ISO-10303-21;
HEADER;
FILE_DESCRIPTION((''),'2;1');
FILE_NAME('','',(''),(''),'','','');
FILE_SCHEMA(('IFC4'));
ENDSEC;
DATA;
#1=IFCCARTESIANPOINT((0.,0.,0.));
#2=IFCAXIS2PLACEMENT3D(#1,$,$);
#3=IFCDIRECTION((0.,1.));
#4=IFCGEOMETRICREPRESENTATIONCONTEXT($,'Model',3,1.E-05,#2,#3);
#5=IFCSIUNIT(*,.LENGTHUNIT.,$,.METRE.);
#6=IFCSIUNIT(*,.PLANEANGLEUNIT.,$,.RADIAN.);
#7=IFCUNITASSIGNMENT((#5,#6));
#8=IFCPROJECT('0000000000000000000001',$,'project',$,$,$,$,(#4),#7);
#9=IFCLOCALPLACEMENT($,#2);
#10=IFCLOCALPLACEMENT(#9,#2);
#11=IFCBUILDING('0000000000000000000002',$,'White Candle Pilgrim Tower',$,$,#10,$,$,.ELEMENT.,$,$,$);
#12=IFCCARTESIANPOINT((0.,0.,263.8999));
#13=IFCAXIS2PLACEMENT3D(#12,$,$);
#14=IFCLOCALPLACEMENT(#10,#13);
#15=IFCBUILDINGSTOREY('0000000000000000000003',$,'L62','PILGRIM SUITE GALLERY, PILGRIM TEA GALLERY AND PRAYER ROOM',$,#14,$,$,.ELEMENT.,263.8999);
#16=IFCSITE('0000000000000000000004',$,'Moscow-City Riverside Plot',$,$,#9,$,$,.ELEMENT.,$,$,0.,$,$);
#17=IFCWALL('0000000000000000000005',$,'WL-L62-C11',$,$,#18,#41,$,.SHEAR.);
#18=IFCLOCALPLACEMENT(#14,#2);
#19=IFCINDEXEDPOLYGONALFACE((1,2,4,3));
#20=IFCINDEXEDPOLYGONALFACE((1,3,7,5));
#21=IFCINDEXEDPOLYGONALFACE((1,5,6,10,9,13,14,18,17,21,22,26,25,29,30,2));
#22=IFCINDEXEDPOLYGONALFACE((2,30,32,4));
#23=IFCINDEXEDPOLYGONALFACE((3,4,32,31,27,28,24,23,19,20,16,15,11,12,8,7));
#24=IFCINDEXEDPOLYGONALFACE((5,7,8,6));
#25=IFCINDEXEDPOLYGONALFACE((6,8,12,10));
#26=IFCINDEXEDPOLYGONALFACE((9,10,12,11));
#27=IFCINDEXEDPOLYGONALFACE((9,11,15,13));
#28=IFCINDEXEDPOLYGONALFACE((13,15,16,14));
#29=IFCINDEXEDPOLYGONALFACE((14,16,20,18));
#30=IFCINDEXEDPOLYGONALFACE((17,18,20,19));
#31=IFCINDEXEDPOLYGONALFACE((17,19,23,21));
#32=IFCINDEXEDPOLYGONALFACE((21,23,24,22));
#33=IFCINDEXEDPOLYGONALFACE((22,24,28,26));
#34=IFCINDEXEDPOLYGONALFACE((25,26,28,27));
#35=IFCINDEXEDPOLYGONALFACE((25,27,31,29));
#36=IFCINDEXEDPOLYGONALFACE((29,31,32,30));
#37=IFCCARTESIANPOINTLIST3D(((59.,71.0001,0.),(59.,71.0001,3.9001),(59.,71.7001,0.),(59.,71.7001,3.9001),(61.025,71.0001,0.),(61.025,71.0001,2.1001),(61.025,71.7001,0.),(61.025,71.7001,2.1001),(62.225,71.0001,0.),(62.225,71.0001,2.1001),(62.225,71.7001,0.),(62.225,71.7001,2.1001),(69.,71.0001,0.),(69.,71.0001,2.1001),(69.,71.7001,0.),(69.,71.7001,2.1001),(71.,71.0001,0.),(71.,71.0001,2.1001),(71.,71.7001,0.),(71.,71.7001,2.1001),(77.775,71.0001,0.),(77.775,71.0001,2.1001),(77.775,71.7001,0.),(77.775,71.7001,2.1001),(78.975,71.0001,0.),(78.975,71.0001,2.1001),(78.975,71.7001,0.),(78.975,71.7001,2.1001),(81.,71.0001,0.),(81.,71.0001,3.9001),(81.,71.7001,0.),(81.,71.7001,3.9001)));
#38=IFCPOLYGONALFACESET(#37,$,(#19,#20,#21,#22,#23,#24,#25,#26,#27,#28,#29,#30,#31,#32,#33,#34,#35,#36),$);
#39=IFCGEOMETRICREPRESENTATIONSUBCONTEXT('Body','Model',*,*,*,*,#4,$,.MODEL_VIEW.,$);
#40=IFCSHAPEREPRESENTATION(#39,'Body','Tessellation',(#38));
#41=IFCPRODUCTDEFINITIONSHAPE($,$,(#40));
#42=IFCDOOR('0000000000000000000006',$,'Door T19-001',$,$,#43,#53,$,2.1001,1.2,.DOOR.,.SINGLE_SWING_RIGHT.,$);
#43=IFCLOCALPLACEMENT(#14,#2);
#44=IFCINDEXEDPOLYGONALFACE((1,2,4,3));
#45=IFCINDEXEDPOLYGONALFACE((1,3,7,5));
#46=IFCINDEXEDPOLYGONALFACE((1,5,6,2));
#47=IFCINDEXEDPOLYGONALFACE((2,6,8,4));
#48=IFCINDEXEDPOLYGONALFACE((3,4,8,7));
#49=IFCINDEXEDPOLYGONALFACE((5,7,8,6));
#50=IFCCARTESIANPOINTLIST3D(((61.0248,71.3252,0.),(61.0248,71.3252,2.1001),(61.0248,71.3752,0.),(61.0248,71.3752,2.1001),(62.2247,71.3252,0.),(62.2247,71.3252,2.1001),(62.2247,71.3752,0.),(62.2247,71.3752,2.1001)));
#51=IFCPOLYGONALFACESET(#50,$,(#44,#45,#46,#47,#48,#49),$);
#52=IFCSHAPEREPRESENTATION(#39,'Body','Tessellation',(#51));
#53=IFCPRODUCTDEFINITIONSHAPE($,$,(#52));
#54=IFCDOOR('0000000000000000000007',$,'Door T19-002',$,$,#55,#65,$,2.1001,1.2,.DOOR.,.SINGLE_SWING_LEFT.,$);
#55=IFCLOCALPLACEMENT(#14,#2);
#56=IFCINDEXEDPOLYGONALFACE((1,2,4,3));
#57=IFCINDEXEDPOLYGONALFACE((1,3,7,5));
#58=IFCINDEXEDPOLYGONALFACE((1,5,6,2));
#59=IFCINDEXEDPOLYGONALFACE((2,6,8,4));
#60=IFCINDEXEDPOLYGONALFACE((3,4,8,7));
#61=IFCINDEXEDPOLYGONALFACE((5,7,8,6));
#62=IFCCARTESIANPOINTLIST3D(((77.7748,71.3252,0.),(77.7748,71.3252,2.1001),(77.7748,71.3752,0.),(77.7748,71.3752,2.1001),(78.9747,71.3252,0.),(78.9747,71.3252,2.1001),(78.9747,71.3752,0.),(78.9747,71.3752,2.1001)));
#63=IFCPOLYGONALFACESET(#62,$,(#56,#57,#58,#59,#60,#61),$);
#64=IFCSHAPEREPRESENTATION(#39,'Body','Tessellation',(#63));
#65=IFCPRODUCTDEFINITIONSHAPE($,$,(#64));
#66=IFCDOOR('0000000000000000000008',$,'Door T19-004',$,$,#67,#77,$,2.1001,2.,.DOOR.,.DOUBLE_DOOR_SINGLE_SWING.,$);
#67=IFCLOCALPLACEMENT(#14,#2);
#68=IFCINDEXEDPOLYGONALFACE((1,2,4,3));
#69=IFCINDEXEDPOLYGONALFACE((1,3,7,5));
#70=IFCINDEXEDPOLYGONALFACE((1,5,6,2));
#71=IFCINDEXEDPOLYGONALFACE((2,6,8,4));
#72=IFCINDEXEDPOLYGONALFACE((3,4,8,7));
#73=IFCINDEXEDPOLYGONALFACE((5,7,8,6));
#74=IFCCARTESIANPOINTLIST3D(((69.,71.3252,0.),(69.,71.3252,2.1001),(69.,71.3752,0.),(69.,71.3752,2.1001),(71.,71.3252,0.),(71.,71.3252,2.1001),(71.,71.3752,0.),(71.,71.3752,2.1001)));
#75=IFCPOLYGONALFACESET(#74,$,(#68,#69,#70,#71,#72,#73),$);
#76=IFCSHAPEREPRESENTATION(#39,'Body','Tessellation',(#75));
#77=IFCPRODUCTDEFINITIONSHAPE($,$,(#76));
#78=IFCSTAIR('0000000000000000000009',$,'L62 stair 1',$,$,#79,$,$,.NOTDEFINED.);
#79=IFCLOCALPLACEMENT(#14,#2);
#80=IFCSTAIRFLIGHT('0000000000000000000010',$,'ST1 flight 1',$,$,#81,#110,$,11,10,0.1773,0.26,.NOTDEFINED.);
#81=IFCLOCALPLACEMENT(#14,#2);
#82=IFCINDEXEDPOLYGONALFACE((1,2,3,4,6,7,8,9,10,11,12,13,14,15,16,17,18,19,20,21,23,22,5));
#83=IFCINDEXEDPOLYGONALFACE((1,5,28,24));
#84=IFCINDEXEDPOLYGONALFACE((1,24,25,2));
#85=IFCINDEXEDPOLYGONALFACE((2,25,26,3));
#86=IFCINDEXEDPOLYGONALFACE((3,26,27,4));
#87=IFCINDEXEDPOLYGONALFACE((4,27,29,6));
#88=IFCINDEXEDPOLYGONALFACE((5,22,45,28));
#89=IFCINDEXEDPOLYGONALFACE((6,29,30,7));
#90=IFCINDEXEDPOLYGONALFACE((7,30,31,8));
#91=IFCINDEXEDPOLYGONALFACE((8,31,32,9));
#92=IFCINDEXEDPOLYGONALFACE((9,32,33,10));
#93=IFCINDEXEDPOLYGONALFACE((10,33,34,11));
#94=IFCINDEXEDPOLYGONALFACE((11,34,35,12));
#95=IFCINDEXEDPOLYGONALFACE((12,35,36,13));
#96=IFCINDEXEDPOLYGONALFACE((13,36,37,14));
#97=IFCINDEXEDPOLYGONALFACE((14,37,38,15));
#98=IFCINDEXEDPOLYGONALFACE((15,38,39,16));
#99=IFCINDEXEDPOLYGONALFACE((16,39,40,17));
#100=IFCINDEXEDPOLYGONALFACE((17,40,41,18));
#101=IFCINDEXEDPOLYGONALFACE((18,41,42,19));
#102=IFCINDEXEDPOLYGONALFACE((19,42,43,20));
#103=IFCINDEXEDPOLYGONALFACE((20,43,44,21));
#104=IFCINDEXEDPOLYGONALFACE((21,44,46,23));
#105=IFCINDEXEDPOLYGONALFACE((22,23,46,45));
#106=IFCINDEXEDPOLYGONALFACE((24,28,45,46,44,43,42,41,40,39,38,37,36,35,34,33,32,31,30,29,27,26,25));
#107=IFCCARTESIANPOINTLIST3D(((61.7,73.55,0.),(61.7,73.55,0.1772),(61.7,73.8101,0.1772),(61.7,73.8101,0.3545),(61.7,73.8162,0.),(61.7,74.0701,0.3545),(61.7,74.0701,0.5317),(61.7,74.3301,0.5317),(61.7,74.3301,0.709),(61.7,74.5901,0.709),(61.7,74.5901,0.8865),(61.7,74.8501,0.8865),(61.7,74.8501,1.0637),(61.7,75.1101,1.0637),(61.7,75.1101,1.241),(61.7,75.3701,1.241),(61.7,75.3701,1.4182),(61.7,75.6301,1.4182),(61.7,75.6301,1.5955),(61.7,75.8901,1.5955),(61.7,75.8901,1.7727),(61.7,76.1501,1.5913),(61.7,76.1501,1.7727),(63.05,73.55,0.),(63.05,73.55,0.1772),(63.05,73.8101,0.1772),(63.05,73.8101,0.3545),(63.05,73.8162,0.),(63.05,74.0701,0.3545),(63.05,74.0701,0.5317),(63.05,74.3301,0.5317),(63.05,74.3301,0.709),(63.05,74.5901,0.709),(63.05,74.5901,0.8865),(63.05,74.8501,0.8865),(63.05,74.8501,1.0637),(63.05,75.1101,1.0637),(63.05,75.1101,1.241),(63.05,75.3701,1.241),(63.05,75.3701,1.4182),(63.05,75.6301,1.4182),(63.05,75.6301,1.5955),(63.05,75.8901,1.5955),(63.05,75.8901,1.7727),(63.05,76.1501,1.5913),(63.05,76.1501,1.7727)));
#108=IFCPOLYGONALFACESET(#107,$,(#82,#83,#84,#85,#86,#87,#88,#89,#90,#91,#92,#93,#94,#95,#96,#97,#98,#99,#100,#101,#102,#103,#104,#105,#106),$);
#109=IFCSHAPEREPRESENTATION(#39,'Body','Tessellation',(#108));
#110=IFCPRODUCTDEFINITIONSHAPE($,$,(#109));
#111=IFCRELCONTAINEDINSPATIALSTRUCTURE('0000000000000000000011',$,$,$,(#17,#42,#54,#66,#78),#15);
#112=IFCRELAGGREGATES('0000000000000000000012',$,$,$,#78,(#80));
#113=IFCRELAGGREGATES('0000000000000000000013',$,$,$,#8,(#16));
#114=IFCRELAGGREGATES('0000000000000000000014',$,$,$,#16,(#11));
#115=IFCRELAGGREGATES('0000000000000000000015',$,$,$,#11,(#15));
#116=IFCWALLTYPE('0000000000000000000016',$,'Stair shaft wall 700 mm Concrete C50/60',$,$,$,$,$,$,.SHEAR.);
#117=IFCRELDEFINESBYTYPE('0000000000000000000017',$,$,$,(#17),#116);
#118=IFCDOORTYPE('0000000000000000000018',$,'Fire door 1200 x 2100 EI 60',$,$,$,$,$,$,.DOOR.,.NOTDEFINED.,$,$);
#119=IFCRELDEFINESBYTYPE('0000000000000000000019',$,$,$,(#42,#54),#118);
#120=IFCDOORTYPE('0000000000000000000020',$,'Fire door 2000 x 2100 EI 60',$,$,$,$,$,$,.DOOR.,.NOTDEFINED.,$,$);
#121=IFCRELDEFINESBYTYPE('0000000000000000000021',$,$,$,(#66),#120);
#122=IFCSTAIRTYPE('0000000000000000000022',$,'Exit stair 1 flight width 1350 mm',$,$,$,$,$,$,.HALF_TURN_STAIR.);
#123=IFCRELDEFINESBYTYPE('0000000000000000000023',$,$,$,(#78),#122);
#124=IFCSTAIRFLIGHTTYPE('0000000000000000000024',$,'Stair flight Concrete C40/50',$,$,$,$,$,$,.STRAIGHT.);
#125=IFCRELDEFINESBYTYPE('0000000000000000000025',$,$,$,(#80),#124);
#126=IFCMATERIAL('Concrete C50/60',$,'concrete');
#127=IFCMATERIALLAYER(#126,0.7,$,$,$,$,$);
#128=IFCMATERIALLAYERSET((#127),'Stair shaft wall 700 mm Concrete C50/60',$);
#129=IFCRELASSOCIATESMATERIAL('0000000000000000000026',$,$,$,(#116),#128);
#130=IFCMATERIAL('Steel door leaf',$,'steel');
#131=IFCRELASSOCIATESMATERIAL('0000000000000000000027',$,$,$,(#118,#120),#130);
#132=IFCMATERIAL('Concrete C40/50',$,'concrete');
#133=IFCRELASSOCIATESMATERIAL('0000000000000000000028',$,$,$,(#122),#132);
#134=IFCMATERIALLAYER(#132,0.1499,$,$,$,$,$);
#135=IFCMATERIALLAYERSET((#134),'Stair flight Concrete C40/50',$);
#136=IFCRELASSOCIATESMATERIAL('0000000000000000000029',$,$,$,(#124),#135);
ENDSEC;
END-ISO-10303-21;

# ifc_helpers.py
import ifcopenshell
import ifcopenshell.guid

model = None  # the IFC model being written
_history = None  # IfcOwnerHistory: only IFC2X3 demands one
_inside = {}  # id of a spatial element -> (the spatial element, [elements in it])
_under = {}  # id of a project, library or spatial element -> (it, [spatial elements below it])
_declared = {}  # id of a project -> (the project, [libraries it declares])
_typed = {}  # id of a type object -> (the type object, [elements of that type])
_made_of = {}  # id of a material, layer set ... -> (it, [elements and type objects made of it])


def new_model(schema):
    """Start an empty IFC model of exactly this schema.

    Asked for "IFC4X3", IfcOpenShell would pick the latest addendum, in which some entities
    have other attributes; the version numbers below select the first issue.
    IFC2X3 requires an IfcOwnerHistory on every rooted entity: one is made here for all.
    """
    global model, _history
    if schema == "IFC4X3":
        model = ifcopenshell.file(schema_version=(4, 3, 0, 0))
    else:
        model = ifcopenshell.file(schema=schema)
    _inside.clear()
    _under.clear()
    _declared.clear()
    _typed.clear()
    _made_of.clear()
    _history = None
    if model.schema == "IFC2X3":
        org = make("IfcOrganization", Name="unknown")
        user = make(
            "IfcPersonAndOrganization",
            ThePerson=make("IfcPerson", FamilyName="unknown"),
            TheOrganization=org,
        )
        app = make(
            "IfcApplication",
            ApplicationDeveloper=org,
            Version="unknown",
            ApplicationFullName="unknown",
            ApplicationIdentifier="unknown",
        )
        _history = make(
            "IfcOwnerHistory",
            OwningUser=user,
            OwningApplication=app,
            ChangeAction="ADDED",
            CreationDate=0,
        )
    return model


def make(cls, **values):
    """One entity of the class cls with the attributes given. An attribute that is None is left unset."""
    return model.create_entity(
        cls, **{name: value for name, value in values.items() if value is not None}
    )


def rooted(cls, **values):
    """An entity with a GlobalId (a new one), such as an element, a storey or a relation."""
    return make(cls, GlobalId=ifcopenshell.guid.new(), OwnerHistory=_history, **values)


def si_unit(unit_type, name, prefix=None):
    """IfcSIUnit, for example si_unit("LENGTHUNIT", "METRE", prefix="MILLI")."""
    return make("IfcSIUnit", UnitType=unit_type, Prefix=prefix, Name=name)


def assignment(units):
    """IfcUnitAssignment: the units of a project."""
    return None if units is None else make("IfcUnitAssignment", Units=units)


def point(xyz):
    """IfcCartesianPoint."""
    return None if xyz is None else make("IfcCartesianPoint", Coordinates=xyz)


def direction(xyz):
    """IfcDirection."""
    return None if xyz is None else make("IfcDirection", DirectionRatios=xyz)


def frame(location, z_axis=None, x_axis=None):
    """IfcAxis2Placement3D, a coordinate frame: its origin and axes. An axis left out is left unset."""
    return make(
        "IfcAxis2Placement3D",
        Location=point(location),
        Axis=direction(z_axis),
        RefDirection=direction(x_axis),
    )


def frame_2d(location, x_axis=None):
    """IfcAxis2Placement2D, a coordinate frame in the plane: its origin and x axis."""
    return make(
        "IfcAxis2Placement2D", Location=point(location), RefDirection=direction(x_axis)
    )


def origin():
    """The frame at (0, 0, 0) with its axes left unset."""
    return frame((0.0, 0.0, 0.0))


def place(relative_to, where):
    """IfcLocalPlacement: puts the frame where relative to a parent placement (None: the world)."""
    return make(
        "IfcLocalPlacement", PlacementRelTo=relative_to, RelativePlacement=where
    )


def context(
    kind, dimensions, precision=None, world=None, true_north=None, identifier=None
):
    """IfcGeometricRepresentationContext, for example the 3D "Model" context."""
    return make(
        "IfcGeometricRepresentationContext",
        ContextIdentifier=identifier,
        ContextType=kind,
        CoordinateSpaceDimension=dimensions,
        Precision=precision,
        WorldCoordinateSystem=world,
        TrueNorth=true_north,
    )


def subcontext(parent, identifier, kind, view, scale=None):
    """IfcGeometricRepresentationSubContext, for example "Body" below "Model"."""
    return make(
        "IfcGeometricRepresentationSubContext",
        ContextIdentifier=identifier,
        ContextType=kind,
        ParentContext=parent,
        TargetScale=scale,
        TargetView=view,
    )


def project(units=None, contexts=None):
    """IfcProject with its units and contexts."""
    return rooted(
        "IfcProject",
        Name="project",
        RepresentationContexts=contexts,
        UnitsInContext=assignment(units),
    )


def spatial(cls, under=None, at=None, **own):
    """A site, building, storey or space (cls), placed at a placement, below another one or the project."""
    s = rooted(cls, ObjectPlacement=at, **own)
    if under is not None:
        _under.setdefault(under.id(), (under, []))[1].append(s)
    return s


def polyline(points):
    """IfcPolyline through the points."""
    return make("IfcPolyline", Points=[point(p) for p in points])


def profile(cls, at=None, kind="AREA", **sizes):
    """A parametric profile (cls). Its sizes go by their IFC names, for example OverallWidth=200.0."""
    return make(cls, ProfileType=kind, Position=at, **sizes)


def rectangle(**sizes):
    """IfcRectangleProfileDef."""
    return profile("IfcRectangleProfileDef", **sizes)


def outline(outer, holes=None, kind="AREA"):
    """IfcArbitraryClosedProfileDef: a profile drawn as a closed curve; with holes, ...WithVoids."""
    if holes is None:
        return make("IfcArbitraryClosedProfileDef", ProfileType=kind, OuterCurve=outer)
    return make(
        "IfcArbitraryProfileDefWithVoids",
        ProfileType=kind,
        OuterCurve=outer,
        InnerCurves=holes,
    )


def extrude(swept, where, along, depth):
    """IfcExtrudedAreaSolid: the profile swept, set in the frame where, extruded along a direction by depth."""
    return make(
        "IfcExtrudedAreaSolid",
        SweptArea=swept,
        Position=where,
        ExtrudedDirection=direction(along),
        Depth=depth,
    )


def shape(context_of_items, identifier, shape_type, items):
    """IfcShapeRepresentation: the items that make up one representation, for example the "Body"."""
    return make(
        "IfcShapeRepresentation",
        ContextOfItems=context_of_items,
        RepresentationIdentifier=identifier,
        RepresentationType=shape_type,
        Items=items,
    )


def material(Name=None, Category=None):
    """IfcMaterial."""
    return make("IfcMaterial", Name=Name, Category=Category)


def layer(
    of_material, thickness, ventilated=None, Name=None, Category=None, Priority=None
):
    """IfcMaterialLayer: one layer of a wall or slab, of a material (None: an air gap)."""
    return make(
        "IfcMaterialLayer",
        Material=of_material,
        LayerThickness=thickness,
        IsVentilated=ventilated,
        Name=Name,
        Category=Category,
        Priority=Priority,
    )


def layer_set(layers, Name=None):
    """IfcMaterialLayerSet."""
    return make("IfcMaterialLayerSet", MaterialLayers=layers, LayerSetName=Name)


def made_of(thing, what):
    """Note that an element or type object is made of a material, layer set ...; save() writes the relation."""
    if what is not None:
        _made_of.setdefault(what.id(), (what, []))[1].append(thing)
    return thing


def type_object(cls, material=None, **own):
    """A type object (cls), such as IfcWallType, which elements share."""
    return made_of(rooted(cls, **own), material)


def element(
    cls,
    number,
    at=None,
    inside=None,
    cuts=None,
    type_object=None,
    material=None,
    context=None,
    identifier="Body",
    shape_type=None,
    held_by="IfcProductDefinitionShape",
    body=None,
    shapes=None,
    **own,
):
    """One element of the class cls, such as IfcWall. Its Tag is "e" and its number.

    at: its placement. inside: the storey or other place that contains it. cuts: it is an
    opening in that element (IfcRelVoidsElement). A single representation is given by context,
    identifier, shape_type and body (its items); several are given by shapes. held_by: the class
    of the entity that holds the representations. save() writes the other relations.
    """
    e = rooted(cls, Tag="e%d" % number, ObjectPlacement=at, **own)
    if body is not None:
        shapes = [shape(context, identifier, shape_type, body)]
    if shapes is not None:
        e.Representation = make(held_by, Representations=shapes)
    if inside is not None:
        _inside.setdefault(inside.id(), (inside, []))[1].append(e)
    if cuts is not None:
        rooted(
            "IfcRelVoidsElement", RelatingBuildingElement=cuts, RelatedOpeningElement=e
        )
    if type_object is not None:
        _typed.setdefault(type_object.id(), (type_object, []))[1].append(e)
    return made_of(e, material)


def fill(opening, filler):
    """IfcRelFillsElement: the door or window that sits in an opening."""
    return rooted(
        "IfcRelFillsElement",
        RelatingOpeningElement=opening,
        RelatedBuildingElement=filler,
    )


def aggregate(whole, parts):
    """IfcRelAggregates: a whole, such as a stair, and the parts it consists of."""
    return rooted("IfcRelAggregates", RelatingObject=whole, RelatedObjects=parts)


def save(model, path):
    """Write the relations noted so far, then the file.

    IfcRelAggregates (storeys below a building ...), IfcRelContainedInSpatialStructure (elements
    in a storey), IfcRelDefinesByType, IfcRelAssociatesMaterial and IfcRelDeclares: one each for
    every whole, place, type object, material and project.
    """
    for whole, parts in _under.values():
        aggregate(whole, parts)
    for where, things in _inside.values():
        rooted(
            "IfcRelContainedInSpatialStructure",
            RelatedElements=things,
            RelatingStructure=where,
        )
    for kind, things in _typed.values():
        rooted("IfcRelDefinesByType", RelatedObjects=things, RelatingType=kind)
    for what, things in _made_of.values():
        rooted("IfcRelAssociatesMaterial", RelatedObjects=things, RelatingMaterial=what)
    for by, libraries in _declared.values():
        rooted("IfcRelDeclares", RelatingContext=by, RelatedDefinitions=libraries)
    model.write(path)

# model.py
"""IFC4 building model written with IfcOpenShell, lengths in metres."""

from ifc_helpers import new_model, si_unit, direction, frame, frame_2d, origin, place, context, subcontext, project, spatial, polyline, rectangle, outline, extrude, material, layer, layer_set, type_object, element, fill, aggregate, save


model = new_model("IFC4")

# Units and contexts
model_context = context("Model", 3, precision=1e-05, world=origin(), true_north=direction((0.0, 1.0)))
body_context = subcontext(model_context, "Body", "Model", "MODEL_VIEW")
ifc_project = project(units=[si_unit("LENGTHUNIT", "METRE"), si_unit("PLANEANGLEUNIT", "RADIAN")], contexts=[model_context])

# Site, building, storey
site_placement = place(None, origin())
site = spatial("IfcSite", under=ifc_project, at=site_placement, Name="Moscow-City Riverside Plot", CompositionType="ELEMENT", RefElevation=0.0)
building_placement = place(site_placement, origin())
building = spatial("IfcBuilding", under=site, at=building_placement, Name="White Candle Pilgrim Tower", CompositionType="ELEMENT")
storey_placement = place(building_placement, frame((0.0, 0.0, 263.8999)))
storey = spatial("IfcBuildingStorey", under=building, at=storey_placement, Name="L62", Description="PILGRIM SUITE GALLERY, PILGRIM TEA GALLERY AND PRAYER ROOM", CompositionType="ELEMENT", Elevation=263.8999)

# Shared definitions
ifc_material_1 = material(Name="Concrete C50/60", Category="concrete")

# Wall, openings, doors
ifc_layer_1 = layer(ifc_material_1, 0.7)
ifc_layer_set_1 = layer_set([ifc_layer_1], Name="Stair shaft wall 700 mm Concrete C50/60")
wall_type_1 = type_object("IfcWallType", Name="Stair shaft wall 700 mm Concrete C50/60", PredefinedType="SHEAR", material=ifc_layer_set_1)
wall_1_placement = place(storey_placement, frame((59.0, 71.3501, 0.0), z_axis=(0.0, 0.0, 1.0), x_axis=(1.0, 0.0, 0.0)))
wall_1 = element("IfcWall", 1, at=wall_1_placement, inside=storey, type_object=wall_type_1, Name="WL-L62-C11", PredefinedType="SHEAR", context=body_context, shape_type="SweptSolid", body=[
    extrude(rectangle(XDim=22.0, YDim=0.7, at=frame_2d((11.0, 0.0))), origin(), (0.0, 0.0, 1.0), 3.9001),
])
opening_1_placement = place(wall_1_placement, frame((2.0249, 0.0, 0.0)))
opening_1 = element("IfcOpeningElement", 2, at=opening_1_placement, cuts=wall_1, PredefinedType="OPENING", context=body_context, shape_type="SweptSolid", body=[
    extrude(rectangle(XDim=1.2, YDim=2.1001, at=frame_2d((0.6001, 1.05))), frame((0.0, 0.3599, 0.0), z_axis=(0.0, -1.0, 0.0), x_axis=(1.0, 0.0, 0.0)), (0.0, 0.0, 1.0), 0.72),
])
opening_2_placement = place(wall_1_placement, frame((18.7749, 0.0, 0.0)))
opening_2 = element("IfcOpeningElement", 3, at=opening_2_placement, cuts=wall_1, PredefinedType="OPENING", context=body_context, shape_type="SweptSolid", body=[
    extrude(rectangle(XDim=1.2, YDim=2.1001, at=frame_2d((0.6001, 1.05))), frame((0.0, 0.3599, 0.0), z_axis=(0.0, -1.0, 0.0), x_axis=(1.0, 0.0, 0.0)), (0.0, 0.0, 1.0), 0.72),
])
opening_3_placement = place(wall_1_placement, frame((10.0, 0.0, 0.0)))
opening_3 = element("IfcOpeningElement", 4, at=opening_3_placement, cuts=wall_1, PredefinedType="OPENING", context=body_context, shape_type="SweptSolid", body=[
    extrude(rectangle(XDim=2.0, YDim=2.1001, at=frame_2d((1.0, 1.05))), frame((0.0, 0.3599, 0.0), z_axis=(0.0, -1.0, 0.0), x_axis=(1.0, 0.0, 0.0)), (0.0, 0.0, 1.0), 0.72),
])
ifc_material_2 = material(Name="Steel door leaf", Category="steel")
door_type_1 = type_object("IfcDoorType", Name="Fire door 1200 x 2100 EI 60", OperationType="NOTDEFINED", PredefinedType="DOOR", material=ifc_material_2)
door_1_placement = place(opening_1_placement, frame((1.2, 0.0, 0.0), z_axis=(0.0, 0.0, 1.0), x_axis=(-1.0, 0.0, 0.0)))
door_1 = element("IfcDoor", 5, at=door_1_placement, inside=storey, type_object=door_type_1, Name="Door T19-001", OperationType="SINGLE_SWING_RIGHT", OverallHeight=2.1001, OverallWidth=1.2, PredefinedType="DOOR", context=body_context, shape_type="SweptSolid", body=[
    extrude(rectangle(XDim=1.2, YDim=2.1001, at=frame_2d((0.6001, 1.05))), frame((0.0, 0.0249, 0.0), z_axis=(0.0, -1.0, 0.0), x_axis=(1.0, 0.0, 0.0)), (0.0, 0.0, 1.0), 0.05),
])
fill(opening_1, door_1)
door_2_placement = place(opening_2_placement, frame((1.2, 0.0, 0.0), z_axis=(0.0, 0.0, 1.0), x_axis=(-1.0, 0.0, 0.0)))
door_2 = element("IfcDoor", 6, at=door_2_placement, inside=storey, type_object=door_type_1, Name="Door T19-002", OperationType="SINGLE_SWING_LEFT", OverallHeight=2.1001, OverallWidth=1.2, PredefinedType="DOOR", context=body_context, shape_type="SweptSolid", body=[
    extrude(rectangle(XDim=1.2, YDim=2.1001, at=frame_2d((0.6001, 1.05))), frame((0.0, 0.0249, 0.0), z_axis=(0.0, -1.0, 0.0), x_axis=(1.0, 0.0, 0.0)), (0.0, 0.0, 1.0), 0.05),
])
fill(opening_2, door_2)
door_type_2 = type_object("IfcDoorType", Name="Fire door 2000 x 2100 EI 60", OperationType="NOTDEFINED", PredefinedType="DOOR", material=ifc_material_2)
door_3_placement = place(opening_3_placement, frame((2.0, 0.0, 0.0), z_axis=(0.0, 0.0, 1.0), x_axis=(-1.0, 0.0, 0.0)))
door_3 = element("IfcDoor", 7, at=door_3_placement, inside=storey, type_object=door_type_2, Name="Door T19-004", OperationType="DOUBLE_DOOR_SINGLE_SWING", OverallHeight=2.1001, OverallWidth=2.0, PredefinedType="DOOR", context=body_context, shape_type="SweptSolid", body=[
    extrude(rectangle(XDim=2.0, YDim=2.1001, at=frame_2d((1.0, 1.05))), frame((0.0, 0.0249, 0.0), z_axis=(0.0, -1.0, 0.0), x_axis=(1.0, 0.0, 0.0)), (0.0, 0.0, 1.0), 0.05),
])
fill(opening_3, door_3)

# Stair, stair flight
ifc_material_3 = material(Name="Concrete C40/50", Category="concrete")
stair_type = type_object("IfcStairType", Name="Exit stair 1 flight width 1350 mm", PredefinedType="HALF_TURN_STAIR", material=ifc_material_3)
stair_placement = place(storey_placement, origin())
stair = element("IfcStair", 8, at=stair_placement, inside=storey, type_object=stair_type, Name="L62 stair 1", PredefinedType="NOTDEFINED")
ifc_layer_2 = layer(ifc_material_3, 0.1499)
ifc_layer_set_2 = layer_set([ifc_layer_2], Name="Stair flight Concrete C40/50")
stair_flight_type = type_object("IfcStairFlightType", Name="Stair flight Concrete C40/50", PredefinedType="STRAIGHT", material=ifc_layer_set_2)
stair_flight_placement = place(storey_placement, frame((62.375, 73.55, 0.0), z_axis=(0.0, 0.0, 1.0), x_axis=(0.0, 1.0, 0.0)))
stair_flight = element("IfcStairFlight", 9, at=stair_flight_placement, type_object=stair_flight_type, Name="ST1 flight 1", NumberOfRisers=11, NumberOfTreads=10, PredefinedType="NOTDEFINED", RiserHeight=0.1773, TreadLength=0.26, context=body_context, shape_type="SweptSolid", body=[
    extrude(outline(polyline([(0.0, 0.0), (0.0, 0.1772), (0.26, 0.1772), (0.26, 0.3545), (0.52, 0.3545), (0.52, 0.5317), (0.78, 0.5317), (0.78, 0.709), (1.04, 0.709), (1.04, 0.8865), (1.3, 0.8865), (1.3, 1.0637), (1.5601, 1.0637), (1.5601, 1.241), (1.8201, 1.241), (1.8201, 1.4182), (2.0801, 1.4182), (2.0801, 1.5955), (2.3401, 1.5955), (2.3401, 1.7727), (2.6001, 1.7727), (2.6001, 1.95), (2.6001, 1.5913), (0.2661, 0.0), (0.0, 0.0)])), frame((0.0, 0.675, 0.0), z_axis=(0.0, -1.0, 0.0), x_axis=(1.0, 0.0, 0.0)), (0.0, 0.0, 1.0), 1.3501),
])
aggregate(stair, [stair_flight])

save(model, "model.ifc")
